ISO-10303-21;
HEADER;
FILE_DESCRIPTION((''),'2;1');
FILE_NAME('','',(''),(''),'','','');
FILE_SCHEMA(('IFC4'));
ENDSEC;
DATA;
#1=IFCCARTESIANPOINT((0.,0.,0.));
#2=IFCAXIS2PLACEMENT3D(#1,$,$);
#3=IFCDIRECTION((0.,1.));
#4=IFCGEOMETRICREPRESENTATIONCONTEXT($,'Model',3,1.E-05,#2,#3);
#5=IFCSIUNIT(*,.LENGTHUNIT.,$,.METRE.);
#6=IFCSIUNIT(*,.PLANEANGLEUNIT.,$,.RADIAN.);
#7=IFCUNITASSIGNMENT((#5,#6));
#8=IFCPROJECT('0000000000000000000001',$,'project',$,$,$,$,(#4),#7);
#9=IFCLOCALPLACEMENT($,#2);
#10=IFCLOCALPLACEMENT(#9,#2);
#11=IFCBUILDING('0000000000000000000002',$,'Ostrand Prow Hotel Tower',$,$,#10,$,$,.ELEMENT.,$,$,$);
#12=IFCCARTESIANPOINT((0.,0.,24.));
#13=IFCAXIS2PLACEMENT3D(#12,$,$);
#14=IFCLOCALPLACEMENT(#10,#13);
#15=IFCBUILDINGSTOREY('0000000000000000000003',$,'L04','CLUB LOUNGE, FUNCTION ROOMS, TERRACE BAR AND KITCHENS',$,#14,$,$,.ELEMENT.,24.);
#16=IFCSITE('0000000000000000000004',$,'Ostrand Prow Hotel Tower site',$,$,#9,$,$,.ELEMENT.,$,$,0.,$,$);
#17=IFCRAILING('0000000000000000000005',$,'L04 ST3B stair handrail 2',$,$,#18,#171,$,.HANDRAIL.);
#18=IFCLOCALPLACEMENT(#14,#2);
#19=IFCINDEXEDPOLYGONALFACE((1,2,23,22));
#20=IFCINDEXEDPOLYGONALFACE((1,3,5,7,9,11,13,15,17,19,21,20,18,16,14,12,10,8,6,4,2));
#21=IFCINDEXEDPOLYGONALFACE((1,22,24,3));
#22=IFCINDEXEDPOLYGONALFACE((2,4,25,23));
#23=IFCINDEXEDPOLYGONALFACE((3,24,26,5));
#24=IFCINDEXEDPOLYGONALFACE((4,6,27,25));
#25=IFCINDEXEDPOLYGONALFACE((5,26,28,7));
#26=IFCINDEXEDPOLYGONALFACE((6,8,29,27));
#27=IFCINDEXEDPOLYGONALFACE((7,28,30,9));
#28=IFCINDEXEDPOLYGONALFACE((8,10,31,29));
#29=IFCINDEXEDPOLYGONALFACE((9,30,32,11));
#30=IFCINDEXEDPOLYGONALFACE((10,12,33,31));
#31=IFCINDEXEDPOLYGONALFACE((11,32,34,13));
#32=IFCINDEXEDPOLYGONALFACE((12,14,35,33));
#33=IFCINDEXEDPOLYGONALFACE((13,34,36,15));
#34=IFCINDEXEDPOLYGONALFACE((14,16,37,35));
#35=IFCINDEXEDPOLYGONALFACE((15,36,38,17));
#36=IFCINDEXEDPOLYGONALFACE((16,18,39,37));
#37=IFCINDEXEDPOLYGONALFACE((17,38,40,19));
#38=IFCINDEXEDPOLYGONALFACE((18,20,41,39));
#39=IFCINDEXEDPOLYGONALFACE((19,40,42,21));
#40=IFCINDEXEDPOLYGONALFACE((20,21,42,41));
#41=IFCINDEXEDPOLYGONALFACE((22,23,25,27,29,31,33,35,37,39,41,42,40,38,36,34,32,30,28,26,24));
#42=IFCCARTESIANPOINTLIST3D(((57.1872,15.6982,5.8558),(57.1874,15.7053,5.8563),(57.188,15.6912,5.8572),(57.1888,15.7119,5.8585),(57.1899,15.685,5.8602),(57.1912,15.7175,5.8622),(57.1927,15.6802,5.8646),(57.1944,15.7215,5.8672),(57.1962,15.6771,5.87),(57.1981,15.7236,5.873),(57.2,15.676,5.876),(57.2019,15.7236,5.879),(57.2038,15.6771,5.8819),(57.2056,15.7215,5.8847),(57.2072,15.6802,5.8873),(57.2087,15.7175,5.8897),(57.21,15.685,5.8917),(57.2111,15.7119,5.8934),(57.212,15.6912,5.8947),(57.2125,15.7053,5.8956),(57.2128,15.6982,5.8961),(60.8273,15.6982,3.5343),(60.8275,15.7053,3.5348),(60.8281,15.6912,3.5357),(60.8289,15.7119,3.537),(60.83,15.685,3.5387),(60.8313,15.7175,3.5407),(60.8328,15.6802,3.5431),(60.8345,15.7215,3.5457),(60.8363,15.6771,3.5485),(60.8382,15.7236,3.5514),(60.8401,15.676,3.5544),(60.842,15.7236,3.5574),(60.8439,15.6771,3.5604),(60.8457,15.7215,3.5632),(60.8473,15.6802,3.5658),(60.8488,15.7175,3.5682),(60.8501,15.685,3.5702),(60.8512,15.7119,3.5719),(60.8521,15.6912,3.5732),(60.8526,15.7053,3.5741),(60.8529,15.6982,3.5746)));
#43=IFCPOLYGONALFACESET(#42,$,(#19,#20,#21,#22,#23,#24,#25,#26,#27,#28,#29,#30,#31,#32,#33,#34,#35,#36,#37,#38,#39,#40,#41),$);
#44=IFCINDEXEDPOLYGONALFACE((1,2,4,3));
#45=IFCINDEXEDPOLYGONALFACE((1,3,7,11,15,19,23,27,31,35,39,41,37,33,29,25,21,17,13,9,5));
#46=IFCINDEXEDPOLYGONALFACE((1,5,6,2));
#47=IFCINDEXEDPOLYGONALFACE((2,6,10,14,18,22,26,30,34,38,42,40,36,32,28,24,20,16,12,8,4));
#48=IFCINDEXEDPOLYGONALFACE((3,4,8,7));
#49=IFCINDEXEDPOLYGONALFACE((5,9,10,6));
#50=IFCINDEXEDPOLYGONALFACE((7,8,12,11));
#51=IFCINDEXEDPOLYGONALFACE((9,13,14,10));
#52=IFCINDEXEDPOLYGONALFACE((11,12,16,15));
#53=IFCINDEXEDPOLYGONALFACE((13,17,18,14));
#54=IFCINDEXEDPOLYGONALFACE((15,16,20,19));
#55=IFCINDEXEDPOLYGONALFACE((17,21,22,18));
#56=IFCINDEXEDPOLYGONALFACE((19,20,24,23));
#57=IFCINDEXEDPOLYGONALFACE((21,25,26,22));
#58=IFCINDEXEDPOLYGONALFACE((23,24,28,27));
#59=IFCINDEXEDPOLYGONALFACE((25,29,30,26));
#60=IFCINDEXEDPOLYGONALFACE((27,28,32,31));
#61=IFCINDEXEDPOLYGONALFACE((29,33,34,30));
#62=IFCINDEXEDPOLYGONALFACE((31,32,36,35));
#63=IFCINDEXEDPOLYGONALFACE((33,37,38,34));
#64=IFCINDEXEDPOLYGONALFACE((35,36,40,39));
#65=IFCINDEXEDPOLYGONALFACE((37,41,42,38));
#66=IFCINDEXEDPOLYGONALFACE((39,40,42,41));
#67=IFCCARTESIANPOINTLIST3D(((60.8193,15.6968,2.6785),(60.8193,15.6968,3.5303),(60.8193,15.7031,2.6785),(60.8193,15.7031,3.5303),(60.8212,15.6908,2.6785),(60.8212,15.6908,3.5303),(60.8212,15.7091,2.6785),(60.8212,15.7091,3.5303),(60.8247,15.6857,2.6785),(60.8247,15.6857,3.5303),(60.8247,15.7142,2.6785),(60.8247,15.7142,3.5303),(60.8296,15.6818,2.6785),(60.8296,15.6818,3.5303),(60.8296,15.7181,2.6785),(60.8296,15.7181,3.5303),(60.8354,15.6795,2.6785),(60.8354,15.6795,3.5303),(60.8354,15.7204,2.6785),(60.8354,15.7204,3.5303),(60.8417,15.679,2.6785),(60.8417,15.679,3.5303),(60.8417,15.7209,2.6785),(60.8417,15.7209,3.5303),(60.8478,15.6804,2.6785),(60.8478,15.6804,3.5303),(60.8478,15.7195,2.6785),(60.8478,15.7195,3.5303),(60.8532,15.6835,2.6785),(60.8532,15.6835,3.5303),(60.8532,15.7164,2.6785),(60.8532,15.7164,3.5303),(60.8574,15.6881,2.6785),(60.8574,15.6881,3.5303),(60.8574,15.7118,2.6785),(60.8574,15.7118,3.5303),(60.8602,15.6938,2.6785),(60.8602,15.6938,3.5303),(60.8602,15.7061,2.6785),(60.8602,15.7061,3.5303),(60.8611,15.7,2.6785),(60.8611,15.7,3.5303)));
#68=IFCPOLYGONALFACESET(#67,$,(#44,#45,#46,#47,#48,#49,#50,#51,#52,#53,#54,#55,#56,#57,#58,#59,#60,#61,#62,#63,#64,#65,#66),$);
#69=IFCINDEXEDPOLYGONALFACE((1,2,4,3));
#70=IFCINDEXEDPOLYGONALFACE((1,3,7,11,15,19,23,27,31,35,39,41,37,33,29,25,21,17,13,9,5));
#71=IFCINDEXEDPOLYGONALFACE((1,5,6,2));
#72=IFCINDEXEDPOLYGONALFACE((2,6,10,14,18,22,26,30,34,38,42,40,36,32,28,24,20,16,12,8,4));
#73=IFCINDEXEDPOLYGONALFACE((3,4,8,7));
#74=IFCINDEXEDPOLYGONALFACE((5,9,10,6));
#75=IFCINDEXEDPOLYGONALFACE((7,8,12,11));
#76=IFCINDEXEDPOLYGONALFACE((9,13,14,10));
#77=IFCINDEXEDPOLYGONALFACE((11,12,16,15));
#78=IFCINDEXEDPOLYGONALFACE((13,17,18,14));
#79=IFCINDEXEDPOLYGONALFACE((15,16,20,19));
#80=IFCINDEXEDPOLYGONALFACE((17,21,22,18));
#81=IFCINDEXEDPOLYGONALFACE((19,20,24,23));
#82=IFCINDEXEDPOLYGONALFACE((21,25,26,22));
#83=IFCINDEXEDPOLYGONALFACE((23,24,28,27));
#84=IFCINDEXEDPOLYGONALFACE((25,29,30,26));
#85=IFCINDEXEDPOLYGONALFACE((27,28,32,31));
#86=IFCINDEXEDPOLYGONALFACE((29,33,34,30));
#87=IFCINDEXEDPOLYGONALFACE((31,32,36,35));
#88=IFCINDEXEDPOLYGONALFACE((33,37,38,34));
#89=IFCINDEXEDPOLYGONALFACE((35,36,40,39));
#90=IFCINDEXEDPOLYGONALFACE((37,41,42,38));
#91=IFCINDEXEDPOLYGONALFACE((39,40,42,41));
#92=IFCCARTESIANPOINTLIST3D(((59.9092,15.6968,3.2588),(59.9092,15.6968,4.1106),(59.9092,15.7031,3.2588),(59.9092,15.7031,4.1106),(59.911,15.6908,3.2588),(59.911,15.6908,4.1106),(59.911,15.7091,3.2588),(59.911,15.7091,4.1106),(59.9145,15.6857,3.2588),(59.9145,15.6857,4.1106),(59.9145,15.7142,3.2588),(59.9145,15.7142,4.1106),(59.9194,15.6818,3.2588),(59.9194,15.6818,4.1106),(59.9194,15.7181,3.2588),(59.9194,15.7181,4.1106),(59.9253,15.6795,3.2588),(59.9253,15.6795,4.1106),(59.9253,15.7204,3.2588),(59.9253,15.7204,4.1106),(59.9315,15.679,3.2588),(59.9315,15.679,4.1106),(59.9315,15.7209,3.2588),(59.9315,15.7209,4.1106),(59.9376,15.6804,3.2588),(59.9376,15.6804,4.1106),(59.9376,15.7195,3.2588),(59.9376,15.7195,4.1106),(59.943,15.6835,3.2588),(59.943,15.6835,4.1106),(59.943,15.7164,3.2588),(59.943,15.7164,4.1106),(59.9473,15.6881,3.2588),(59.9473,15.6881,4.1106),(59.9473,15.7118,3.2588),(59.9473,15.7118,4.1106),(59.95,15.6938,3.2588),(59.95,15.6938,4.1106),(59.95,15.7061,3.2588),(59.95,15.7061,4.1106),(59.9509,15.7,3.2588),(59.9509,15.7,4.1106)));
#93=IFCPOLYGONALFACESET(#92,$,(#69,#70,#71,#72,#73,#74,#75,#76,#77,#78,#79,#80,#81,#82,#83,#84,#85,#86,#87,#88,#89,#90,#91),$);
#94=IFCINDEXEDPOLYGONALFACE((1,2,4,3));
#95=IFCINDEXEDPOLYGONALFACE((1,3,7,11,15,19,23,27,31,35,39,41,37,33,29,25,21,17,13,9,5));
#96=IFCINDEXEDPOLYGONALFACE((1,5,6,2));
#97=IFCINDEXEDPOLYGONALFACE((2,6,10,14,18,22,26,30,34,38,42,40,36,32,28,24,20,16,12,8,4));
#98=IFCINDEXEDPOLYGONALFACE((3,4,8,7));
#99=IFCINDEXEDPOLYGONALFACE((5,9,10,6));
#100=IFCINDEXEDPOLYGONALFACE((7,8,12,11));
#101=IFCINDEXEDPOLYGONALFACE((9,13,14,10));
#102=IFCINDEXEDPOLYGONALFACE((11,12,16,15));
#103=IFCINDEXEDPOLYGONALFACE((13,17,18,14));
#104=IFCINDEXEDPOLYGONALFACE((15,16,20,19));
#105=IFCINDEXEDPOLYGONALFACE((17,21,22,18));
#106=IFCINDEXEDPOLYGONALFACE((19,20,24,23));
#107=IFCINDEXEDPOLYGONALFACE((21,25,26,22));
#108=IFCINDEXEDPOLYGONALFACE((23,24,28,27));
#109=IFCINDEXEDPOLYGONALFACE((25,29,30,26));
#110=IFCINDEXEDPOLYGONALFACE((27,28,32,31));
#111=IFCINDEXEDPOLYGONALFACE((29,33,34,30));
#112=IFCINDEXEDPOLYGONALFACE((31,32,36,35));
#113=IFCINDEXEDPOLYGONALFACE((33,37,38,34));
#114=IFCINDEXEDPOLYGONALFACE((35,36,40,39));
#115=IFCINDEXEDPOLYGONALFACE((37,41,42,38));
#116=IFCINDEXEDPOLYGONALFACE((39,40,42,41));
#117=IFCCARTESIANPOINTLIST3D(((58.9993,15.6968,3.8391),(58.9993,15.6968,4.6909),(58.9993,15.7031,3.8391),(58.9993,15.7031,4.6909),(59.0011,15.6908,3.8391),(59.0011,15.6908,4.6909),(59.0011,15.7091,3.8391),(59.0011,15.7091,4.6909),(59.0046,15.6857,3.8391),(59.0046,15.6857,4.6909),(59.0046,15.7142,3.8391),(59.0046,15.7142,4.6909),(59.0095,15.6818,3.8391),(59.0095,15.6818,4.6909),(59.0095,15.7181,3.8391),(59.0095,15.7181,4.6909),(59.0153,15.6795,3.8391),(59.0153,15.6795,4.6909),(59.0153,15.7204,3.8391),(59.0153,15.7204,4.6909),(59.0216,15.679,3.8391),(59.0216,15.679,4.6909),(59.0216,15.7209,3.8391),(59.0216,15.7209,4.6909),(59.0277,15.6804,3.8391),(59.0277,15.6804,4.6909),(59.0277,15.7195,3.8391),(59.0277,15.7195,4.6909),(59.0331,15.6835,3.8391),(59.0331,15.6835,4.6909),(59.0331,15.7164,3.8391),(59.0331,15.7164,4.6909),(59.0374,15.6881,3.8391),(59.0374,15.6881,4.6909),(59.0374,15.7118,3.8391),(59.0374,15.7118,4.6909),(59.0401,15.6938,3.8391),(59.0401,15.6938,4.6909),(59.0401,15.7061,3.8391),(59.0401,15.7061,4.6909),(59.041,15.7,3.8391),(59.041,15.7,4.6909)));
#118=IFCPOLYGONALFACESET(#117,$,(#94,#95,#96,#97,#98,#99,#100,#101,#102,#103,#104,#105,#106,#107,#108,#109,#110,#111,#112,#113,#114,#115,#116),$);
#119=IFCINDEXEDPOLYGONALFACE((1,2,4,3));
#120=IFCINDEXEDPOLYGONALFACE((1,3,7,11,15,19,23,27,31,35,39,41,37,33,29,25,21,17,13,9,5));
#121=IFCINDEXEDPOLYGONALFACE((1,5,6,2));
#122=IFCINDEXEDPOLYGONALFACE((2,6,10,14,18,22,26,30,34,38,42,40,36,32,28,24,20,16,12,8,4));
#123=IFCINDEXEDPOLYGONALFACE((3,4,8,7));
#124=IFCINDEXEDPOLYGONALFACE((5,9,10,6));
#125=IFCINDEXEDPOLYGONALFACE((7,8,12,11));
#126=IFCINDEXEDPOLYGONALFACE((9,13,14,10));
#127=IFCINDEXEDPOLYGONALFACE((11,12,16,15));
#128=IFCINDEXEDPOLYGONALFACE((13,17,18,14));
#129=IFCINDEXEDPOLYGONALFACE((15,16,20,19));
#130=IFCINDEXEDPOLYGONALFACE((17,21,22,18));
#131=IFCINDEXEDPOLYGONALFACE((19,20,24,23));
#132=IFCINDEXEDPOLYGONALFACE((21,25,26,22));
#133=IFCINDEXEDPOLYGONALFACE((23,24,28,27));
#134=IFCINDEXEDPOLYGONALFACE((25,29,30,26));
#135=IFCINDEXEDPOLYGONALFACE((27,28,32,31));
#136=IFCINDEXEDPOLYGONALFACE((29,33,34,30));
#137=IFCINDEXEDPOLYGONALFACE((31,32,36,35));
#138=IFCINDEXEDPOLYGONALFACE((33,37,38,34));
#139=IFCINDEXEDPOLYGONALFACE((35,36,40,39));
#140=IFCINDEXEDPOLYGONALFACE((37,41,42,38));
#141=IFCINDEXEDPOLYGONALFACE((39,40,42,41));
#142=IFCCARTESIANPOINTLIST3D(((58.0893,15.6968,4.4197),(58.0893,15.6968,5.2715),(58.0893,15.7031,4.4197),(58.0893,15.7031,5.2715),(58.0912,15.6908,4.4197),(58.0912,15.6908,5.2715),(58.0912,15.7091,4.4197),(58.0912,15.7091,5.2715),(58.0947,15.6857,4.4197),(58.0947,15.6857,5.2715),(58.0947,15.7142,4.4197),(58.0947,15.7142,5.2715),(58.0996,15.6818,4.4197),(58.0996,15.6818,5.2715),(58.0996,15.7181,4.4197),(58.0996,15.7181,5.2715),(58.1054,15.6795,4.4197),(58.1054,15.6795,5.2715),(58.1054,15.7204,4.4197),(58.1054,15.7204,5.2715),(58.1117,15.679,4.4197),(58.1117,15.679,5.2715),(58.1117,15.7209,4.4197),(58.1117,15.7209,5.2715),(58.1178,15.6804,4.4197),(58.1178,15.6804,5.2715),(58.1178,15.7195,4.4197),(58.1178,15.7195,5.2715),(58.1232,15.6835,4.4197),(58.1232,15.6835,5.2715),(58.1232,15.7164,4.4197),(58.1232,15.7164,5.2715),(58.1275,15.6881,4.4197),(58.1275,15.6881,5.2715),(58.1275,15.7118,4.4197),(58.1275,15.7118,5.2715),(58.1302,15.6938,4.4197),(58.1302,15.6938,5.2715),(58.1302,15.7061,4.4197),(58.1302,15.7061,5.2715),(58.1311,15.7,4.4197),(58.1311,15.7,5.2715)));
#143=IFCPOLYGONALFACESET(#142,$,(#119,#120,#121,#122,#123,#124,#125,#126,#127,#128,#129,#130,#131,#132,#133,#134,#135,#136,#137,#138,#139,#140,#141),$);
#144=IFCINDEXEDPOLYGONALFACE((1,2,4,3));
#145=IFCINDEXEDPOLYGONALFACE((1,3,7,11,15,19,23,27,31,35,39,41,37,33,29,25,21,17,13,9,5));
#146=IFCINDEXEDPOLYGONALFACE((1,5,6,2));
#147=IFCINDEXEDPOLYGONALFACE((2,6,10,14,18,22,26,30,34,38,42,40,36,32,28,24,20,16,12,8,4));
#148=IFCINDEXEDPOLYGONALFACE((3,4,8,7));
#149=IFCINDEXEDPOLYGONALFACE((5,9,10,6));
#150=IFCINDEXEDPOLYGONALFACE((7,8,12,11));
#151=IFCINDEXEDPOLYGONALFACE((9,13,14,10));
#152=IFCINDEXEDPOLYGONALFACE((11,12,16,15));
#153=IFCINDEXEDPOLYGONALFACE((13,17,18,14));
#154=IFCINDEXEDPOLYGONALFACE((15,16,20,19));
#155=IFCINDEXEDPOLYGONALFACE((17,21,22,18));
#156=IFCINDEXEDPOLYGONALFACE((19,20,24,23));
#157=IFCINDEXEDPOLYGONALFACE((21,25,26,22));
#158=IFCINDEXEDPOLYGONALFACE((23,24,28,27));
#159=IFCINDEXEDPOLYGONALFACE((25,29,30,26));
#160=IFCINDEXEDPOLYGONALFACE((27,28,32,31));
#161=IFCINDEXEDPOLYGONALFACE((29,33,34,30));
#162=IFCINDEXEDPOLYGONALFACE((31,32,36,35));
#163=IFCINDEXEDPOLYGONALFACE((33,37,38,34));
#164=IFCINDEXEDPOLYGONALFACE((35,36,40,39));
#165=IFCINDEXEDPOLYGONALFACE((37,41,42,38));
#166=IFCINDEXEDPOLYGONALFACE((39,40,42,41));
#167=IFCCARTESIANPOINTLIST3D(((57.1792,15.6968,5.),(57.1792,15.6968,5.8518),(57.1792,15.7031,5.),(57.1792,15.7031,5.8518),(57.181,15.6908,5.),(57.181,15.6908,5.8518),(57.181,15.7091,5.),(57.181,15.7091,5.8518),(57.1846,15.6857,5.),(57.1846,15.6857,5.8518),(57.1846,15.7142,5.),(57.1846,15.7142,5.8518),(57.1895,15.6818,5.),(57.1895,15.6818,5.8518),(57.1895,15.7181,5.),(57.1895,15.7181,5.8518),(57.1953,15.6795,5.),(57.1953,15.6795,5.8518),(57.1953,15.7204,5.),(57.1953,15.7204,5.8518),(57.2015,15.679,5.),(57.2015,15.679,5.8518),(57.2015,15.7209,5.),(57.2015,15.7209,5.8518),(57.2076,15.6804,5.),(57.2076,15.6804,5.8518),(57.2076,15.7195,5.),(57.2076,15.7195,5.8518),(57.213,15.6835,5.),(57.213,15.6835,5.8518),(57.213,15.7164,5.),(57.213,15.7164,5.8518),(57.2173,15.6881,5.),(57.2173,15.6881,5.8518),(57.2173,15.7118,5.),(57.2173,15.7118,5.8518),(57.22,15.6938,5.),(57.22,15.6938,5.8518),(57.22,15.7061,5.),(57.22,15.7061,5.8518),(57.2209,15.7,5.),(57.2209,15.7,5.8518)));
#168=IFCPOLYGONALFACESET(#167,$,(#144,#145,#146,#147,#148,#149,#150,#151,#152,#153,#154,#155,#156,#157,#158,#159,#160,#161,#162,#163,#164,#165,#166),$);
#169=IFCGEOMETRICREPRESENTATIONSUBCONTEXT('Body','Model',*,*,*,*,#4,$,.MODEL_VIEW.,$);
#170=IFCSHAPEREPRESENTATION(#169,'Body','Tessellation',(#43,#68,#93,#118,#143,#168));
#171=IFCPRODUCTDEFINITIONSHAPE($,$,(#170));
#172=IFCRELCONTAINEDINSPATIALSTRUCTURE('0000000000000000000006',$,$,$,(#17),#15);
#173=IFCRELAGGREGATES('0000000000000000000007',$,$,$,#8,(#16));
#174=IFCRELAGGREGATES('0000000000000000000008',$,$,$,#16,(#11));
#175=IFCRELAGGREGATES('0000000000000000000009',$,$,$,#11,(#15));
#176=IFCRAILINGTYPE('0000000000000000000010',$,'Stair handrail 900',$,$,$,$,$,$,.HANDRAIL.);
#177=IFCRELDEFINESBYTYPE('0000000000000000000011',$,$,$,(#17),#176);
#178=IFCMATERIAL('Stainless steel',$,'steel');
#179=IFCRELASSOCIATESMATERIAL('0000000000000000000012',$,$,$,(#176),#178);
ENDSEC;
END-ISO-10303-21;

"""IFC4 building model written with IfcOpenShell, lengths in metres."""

from ifc_helpers import new_model, si_unit, direction, frame, origin, origin_2d, place, context, subcontext, project, spatial, circle, extrude, material, type_object, element, save


model = new_model("IFC4")

# Units and contexts
model_context = context("Model", 3, precision=1e-05, world=origin(), true_north=direction((0.0, 1.0)))
body_context = subcontext(model_context, "Body", "Model", "MODEL_VIEW")
ifc_project = project(units=[si_unit("LENGTHUNIT", "METRE"), si_unit("PLANEANGLEUNIT", "RADIAN")], contexts=[model_context])

# Site, building, storey
site_placement = place(None, origin())
site = spatial("IfcSite", under=ifc_project, at=site_placement, Name="Ostrand Prow Hotel Tower site", CompositionType="ELEMENT", RefElevation=0.0)
building_placement = place(site_placement, origin())
building = spatial("IfcBuilding", under=site, at=building_placement, Name="Ostrand Prow Hotel Tower", CompositionType="ELEMENT")
storey_placement = place(building_placement, frame((0.0, 0.0, 24.0)))
storey = spatial("IfcBuildingStorey", under=building, at=storey_placement, Name="L04", Description="CLUB LOUNGE, FUNCTION ROOMS, TERRACE BAR AND KITCHENS", CompositionType="ELEMENT", Elevation=24.0)

# Railing
ifc_material_1 = material(Name="Stainless steel", Category="steel")
railing_type_1 = type_object("IfcRailingType", Name="Stair handrail 900", PredefinedType="HANDRAIL", material=ifc_material_1)
railing_1_placement = place(storey_placement, frame((60.8401, 15.7, 2.6785)))
element("IfcRailing", 1, at=railing_1_placement, inside=storey, type_object=railing_type_1, Name="L04 ST3B stair handrail 2", PredefinedType="HANDRAIL", context=body_context, shape_type="SweptSolid", body=[
    extrude(circle(Radius=0.0239, at=origin_2d()), frame((0.0, 0.0, 0.876), z_axis=(-0.843128, 0.0, 0.537713), x_axis=(0.0, -1.0, 0.0)), (0.0, 0.0, 1.0), 4.3174),
    extrude(circle(Radius=0.021, at=origin_2d()), origin(), (0.0, 0.0, 1.0), 0.8518),
    extrude(circle(Radius=0.021, at=origin_2d()), frame((-0.9102, 0.0, 0.5803)), (0.0, 0.0, 1.0), 0.8518),
    extrude(circle(Radius=0.021, at=origin_2d()), frame((-1.8201, 0.0, 1.1606)), (0.0, 0.0, 1.0), 0.8518),
    extrude(circle(Radius=0.021, at=origin_2d()), frame((-2.73, 0.0, 1.7412)), (0.0, 0.0, 1.0), 0.8518),
    extrude(circle(Radius=0.021, at=origin_2d()), frame((-3.6401, 0.0, 2.3215)), (0.0, 0.0, 1.0), 0.8518),
])

save(model, "model.ifc")
